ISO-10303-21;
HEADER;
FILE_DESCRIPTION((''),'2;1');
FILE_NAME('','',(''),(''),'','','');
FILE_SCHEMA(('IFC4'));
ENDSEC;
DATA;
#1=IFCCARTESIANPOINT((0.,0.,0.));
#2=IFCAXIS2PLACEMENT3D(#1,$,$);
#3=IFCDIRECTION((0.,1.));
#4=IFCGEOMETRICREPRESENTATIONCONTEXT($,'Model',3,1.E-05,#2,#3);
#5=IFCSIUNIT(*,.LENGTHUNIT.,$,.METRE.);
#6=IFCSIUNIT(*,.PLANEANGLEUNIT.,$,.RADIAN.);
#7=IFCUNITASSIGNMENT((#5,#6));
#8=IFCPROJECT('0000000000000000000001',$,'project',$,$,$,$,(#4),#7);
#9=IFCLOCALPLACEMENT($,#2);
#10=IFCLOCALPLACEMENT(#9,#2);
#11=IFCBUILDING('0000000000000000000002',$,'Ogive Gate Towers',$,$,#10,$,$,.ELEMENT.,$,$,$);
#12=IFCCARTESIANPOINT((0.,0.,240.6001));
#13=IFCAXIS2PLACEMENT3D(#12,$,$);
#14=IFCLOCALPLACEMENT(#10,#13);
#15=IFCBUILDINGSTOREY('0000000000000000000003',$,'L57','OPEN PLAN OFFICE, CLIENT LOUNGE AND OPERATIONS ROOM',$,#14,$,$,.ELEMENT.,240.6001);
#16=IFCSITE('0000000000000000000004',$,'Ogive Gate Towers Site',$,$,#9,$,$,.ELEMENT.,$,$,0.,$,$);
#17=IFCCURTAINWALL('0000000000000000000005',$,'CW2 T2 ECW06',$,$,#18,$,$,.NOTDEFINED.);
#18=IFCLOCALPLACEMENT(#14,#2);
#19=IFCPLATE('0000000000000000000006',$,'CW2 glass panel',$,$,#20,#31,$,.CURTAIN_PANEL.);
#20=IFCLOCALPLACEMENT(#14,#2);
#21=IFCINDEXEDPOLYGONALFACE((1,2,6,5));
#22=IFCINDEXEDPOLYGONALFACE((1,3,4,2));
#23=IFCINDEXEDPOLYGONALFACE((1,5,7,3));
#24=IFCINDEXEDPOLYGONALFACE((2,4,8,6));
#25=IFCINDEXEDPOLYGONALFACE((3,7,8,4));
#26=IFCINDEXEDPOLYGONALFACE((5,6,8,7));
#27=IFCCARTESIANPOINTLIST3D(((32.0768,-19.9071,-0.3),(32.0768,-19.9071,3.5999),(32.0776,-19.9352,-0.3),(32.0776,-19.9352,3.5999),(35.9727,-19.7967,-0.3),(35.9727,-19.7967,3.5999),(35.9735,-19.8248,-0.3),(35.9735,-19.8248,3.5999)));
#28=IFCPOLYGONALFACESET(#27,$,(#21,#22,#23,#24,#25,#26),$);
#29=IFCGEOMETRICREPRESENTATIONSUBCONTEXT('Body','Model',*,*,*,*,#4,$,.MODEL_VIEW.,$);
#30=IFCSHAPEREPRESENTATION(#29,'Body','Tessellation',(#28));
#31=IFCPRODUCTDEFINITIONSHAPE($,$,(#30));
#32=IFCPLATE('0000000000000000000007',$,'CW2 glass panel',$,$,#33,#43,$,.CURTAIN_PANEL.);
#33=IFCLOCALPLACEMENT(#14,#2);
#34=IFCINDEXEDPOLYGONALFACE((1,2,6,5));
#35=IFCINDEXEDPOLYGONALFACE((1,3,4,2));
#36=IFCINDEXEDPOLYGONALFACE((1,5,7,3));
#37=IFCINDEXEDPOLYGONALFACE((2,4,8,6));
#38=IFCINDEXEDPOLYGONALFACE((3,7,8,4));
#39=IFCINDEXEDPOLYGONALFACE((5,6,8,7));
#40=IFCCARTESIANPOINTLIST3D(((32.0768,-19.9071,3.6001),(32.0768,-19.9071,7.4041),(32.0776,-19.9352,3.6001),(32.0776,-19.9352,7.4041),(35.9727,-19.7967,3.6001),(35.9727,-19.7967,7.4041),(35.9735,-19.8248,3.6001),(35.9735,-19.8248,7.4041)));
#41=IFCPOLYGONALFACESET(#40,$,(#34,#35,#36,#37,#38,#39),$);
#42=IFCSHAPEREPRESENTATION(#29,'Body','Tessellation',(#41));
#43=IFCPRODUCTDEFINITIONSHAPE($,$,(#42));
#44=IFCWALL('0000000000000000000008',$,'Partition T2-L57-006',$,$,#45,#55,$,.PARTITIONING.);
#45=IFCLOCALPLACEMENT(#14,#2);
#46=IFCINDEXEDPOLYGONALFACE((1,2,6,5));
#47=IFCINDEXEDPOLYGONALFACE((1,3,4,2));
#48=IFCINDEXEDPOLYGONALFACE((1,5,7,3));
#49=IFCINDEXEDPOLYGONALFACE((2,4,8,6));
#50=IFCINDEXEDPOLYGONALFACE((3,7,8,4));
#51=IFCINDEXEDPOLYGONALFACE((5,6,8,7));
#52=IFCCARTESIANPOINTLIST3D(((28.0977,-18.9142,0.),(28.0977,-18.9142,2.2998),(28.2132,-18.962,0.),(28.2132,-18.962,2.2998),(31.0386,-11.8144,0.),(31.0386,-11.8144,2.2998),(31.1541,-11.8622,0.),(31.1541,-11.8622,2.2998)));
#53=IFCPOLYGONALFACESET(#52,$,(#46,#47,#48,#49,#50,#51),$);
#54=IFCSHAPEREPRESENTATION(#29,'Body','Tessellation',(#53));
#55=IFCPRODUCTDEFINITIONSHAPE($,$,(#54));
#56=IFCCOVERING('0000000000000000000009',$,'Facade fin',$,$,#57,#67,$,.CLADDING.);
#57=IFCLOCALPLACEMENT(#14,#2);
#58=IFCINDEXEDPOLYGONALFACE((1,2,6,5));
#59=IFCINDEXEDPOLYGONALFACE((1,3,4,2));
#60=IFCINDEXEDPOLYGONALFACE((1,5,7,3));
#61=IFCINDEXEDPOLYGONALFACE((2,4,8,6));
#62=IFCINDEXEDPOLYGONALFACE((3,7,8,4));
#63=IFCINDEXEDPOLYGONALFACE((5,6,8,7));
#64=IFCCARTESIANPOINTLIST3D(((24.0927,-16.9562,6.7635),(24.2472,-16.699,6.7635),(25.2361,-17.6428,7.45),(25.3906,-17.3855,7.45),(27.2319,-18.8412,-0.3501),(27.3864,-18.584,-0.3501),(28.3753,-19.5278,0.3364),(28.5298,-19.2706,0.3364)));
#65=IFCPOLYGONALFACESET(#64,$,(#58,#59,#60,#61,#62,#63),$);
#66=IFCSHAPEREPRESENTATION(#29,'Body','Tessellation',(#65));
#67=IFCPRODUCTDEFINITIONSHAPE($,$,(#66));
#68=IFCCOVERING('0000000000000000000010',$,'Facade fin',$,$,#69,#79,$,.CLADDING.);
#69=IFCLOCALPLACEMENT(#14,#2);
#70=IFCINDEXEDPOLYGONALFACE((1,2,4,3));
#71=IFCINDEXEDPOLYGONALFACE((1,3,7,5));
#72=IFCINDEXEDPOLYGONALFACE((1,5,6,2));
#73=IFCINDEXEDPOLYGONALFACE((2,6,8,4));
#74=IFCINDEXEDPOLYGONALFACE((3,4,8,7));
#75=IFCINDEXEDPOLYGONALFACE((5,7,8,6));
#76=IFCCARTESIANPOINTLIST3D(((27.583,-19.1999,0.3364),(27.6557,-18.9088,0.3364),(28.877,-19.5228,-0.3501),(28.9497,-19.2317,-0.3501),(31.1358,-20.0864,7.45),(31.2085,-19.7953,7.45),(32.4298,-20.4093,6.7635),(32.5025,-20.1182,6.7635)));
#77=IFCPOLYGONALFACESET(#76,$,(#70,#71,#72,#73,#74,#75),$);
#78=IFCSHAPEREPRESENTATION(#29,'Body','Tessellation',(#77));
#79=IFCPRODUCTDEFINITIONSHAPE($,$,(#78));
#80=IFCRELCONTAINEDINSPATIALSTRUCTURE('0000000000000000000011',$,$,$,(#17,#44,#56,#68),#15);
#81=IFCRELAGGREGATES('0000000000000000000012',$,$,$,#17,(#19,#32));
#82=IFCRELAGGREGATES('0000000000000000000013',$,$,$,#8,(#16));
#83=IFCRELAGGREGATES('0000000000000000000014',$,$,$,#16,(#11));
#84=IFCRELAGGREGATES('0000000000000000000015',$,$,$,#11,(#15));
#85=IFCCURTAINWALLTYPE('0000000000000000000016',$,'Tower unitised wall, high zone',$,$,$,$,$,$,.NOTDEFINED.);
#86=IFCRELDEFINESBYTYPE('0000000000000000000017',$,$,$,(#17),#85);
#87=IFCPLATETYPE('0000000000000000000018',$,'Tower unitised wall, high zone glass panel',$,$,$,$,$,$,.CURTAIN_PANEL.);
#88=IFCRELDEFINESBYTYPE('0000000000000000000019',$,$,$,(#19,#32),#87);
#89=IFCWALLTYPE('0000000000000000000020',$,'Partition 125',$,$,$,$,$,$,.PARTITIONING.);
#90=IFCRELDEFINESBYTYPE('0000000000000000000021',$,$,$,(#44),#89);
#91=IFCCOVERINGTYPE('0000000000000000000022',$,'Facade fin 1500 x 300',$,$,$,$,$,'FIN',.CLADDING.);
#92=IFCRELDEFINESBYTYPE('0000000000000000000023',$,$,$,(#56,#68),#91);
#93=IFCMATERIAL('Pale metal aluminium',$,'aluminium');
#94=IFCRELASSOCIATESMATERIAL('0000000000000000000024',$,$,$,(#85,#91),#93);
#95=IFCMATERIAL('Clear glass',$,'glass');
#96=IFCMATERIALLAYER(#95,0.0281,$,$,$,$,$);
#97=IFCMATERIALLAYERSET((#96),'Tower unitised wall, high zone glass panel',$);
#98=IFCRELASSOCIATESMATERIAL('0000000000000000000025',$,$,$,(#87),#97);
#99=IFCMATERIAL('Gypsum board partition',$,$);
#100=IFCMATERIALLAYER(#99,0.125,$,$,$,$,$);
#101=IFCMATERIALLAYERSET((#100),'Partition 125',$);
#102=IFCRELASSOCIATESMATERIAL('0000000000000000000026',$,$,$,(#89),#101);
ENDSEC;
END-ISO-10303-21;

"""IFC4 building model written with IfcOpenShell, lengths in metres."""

from ifc_helpers import new_model, si_unit, direction, frame, frame_2d, origin, origin_2d, place, context, subcontext, project, spatial, rectangle, extrude, material, layer, layer_set, material_profile, profile_set, type_object, element, aggregate, save


model = new_model("IFC4")

# Units and contexts
model_context = context("Model", 3, precision=1e-05, world=origin(), true_north=direction((0.0, 1.0)))
body_context = subcontext(model_context, "Body", "Model", "MODEL_VIEW")
ifc_project = project(units=[si_unit("LENGTHUNIT", "METRE"), si_unit("PLANEANGLEUNIT", "RADIAN")], contexts=[model_context])

# Site, building, storey
site_placement = place(None, origin())
site = spatial("IfcSite", under=ifc_project, at=site_placement, Name="Ogive Gate Towers Site", CompositionType="ELEMENT", RefElevation=0.0)
building_placement = place(site_placement, origin())
building = spatial("IfcBuilding", under=site, at=building_placement, Name="Ogive Gate Towers", CompositionType="ELEMENT")
storey_placement = place(building_placement, frame((0.0, 0.0, 240.6001)))
storey = spatial("IfcBuildingStorey", under=building, at=storey_placement, Name="L57", Description="OPEN PLAN OFFICE, CLIENT LOUNGE AND OPERATIONS ROOM", CompositionType="ELEMENT", Elevation=240.6001)

# Curtain wall, plates
ifc_material_1 = material(Name="Pale metal aluminium", Category="aluminium")
curtain_wall_type = type_object("IfcCurtainWallType", Name="Tower unitised wall, high zone", PredefinedType="NOTDEFINED", material=ifc_material_1)
curtain_wall_placement = place(storey_placement, origin())
curtain_wall = element("IfcCurtainWall", 1, at=curtain_wall_placement, inside=storey, type_object=curtain_wall_type, Name="CW2 T2 ECW06", PredefinedType="NOTDEFINED")
ifc_material_2 = material(Name="Clear glass", Category="glass")
ifc_layer_1 = layer(ifc_material_2, 0.0281)
ifc_layer_set_1 = layer_set([ifc_layer_1], Name="Tower unitised wall, high zone glass panel")
plate_type = type_object("IfcPlateType", Name="Tower unitised wall, high zone glass panel", PredefinedType="CURTAIN_PANEL", material=ifc_layer_set_1)
plate_1_placement = place(storey_placement, frame((34.0251, -19.866, -0.3), z_axis=(0.0, 0.0, 1.0), x_axis=(0.999599, 0.028323, 0.0)))
plate_1 = element("IfcPlate", 2, at=plate_1_placement, type_object=plate_type, Name="CW2 glass panel", PredefinedType="CURTAIN_PANEL", context=body_context, shape_type="SweptSolid", body=[
    extrude(rectangle(XDim=3.8975, YDim=0.0281, at=origin_2d()), origin(), (0.0, 0.0, 1.0), 3.8999),
])
plate_2_placement = place(storey_placement, frame((34.0251, -19.866, 3.6001), z_axis=(0.0, 0.0, 1.0), x_axis=(0.999599, 0.028323, 0.0)))
plate_2 = element("IfcPlate", 3, at=plate_2_placement, type_object=plate_type, Name="CW2 glass panel", PredefinedType="CURTAIN_PANEL", context=body_context, shape_type="SweptSolid", body=[
    extrude(rectangle(XDim=3.8975, YDim=0.0281, at=origin_2d()), origin(), (0.0, 0.0, 1.0), 3.804),
])
aggregate(curtain_wall, [plate_1, plate_2])

# Wall
ifc_material_3 = material(Name="Gypsum board partition")
ifc_layer_2 = layer(ifc_material_3, 0.125)
ifc_layer_set_2 = layer_set([ifc_layer_2], Name="Partition 125")
wall_type = type_object("IfcWallType", Name="Partition 125", PredefinedType="PARTITIONING", material=ifc_layer_set_2)
wall_placement = place(storey_placement, frame((28.1555, -18.938, 0.0), z_axis=(0.0, 0.0, 1.0), x_axis=(0.38269, 0.923877, 0.0)))
element("IfcWall", 4, at=wall_placement, inside=storey, type_object=wall_type, Name="Partition T2-L57-006", PredefinedType="PARTITIONING", context=body_context, shape_type="SweptSolid", body=[
    extrude(rectangle(XDim=7.6848, YDim=0.125, at=frame_2d((3.8423, 0.0))), origin(), (0.0, 0.0, 1.0), 2.2998),
])

# Coverings
ifc_material_profile_1 = material_profile(ifc_material_1, rectangle(XDim=0.3, YDim=1.5, at=origin_2d()), Name="1500 x 300 pale metal aluminium")
ifc_profile_set_1 = profile_set([ifc_material_profile_1], Name="Pale metal aluminium")
covering_type = type_object("IfcCoveringType", Name="Facade fin 1500 x 300", ElementType="FIN", PredefinedType="CLADDING", material=ifc_profile_set_1)
for number, where, z_axis, x_axis, name in (
    (5, (27.8809, -19.0559, -0.0068), (-0.392365, 0.235608, 0.889122), (-0.5148, -0.85731, 0.0), "Facade fin"),
    (6, (28.2664, -19.2158, -0.0068), (0.444057, -0.110801, 0.889121), (0.242096, 0.970252, 0.0), "Facade fin"),
):
    element("IfcCovering", number, at=place(storey_placement, frame(where, z_axis=z_axis, x_axis=x_axis)), inside=storey, type_object=covering_type, Name=name, PredefinedType="CLADDING", context=body_context, shape_type="SweptSolid", body=[
        extrude(rectangle(XDim=0.3, YDim=1.5, at=origin_2d()), origin(), (0.0, 0.0, 1.0), 8.0007),
    ])

save(model, "model.ifc")
